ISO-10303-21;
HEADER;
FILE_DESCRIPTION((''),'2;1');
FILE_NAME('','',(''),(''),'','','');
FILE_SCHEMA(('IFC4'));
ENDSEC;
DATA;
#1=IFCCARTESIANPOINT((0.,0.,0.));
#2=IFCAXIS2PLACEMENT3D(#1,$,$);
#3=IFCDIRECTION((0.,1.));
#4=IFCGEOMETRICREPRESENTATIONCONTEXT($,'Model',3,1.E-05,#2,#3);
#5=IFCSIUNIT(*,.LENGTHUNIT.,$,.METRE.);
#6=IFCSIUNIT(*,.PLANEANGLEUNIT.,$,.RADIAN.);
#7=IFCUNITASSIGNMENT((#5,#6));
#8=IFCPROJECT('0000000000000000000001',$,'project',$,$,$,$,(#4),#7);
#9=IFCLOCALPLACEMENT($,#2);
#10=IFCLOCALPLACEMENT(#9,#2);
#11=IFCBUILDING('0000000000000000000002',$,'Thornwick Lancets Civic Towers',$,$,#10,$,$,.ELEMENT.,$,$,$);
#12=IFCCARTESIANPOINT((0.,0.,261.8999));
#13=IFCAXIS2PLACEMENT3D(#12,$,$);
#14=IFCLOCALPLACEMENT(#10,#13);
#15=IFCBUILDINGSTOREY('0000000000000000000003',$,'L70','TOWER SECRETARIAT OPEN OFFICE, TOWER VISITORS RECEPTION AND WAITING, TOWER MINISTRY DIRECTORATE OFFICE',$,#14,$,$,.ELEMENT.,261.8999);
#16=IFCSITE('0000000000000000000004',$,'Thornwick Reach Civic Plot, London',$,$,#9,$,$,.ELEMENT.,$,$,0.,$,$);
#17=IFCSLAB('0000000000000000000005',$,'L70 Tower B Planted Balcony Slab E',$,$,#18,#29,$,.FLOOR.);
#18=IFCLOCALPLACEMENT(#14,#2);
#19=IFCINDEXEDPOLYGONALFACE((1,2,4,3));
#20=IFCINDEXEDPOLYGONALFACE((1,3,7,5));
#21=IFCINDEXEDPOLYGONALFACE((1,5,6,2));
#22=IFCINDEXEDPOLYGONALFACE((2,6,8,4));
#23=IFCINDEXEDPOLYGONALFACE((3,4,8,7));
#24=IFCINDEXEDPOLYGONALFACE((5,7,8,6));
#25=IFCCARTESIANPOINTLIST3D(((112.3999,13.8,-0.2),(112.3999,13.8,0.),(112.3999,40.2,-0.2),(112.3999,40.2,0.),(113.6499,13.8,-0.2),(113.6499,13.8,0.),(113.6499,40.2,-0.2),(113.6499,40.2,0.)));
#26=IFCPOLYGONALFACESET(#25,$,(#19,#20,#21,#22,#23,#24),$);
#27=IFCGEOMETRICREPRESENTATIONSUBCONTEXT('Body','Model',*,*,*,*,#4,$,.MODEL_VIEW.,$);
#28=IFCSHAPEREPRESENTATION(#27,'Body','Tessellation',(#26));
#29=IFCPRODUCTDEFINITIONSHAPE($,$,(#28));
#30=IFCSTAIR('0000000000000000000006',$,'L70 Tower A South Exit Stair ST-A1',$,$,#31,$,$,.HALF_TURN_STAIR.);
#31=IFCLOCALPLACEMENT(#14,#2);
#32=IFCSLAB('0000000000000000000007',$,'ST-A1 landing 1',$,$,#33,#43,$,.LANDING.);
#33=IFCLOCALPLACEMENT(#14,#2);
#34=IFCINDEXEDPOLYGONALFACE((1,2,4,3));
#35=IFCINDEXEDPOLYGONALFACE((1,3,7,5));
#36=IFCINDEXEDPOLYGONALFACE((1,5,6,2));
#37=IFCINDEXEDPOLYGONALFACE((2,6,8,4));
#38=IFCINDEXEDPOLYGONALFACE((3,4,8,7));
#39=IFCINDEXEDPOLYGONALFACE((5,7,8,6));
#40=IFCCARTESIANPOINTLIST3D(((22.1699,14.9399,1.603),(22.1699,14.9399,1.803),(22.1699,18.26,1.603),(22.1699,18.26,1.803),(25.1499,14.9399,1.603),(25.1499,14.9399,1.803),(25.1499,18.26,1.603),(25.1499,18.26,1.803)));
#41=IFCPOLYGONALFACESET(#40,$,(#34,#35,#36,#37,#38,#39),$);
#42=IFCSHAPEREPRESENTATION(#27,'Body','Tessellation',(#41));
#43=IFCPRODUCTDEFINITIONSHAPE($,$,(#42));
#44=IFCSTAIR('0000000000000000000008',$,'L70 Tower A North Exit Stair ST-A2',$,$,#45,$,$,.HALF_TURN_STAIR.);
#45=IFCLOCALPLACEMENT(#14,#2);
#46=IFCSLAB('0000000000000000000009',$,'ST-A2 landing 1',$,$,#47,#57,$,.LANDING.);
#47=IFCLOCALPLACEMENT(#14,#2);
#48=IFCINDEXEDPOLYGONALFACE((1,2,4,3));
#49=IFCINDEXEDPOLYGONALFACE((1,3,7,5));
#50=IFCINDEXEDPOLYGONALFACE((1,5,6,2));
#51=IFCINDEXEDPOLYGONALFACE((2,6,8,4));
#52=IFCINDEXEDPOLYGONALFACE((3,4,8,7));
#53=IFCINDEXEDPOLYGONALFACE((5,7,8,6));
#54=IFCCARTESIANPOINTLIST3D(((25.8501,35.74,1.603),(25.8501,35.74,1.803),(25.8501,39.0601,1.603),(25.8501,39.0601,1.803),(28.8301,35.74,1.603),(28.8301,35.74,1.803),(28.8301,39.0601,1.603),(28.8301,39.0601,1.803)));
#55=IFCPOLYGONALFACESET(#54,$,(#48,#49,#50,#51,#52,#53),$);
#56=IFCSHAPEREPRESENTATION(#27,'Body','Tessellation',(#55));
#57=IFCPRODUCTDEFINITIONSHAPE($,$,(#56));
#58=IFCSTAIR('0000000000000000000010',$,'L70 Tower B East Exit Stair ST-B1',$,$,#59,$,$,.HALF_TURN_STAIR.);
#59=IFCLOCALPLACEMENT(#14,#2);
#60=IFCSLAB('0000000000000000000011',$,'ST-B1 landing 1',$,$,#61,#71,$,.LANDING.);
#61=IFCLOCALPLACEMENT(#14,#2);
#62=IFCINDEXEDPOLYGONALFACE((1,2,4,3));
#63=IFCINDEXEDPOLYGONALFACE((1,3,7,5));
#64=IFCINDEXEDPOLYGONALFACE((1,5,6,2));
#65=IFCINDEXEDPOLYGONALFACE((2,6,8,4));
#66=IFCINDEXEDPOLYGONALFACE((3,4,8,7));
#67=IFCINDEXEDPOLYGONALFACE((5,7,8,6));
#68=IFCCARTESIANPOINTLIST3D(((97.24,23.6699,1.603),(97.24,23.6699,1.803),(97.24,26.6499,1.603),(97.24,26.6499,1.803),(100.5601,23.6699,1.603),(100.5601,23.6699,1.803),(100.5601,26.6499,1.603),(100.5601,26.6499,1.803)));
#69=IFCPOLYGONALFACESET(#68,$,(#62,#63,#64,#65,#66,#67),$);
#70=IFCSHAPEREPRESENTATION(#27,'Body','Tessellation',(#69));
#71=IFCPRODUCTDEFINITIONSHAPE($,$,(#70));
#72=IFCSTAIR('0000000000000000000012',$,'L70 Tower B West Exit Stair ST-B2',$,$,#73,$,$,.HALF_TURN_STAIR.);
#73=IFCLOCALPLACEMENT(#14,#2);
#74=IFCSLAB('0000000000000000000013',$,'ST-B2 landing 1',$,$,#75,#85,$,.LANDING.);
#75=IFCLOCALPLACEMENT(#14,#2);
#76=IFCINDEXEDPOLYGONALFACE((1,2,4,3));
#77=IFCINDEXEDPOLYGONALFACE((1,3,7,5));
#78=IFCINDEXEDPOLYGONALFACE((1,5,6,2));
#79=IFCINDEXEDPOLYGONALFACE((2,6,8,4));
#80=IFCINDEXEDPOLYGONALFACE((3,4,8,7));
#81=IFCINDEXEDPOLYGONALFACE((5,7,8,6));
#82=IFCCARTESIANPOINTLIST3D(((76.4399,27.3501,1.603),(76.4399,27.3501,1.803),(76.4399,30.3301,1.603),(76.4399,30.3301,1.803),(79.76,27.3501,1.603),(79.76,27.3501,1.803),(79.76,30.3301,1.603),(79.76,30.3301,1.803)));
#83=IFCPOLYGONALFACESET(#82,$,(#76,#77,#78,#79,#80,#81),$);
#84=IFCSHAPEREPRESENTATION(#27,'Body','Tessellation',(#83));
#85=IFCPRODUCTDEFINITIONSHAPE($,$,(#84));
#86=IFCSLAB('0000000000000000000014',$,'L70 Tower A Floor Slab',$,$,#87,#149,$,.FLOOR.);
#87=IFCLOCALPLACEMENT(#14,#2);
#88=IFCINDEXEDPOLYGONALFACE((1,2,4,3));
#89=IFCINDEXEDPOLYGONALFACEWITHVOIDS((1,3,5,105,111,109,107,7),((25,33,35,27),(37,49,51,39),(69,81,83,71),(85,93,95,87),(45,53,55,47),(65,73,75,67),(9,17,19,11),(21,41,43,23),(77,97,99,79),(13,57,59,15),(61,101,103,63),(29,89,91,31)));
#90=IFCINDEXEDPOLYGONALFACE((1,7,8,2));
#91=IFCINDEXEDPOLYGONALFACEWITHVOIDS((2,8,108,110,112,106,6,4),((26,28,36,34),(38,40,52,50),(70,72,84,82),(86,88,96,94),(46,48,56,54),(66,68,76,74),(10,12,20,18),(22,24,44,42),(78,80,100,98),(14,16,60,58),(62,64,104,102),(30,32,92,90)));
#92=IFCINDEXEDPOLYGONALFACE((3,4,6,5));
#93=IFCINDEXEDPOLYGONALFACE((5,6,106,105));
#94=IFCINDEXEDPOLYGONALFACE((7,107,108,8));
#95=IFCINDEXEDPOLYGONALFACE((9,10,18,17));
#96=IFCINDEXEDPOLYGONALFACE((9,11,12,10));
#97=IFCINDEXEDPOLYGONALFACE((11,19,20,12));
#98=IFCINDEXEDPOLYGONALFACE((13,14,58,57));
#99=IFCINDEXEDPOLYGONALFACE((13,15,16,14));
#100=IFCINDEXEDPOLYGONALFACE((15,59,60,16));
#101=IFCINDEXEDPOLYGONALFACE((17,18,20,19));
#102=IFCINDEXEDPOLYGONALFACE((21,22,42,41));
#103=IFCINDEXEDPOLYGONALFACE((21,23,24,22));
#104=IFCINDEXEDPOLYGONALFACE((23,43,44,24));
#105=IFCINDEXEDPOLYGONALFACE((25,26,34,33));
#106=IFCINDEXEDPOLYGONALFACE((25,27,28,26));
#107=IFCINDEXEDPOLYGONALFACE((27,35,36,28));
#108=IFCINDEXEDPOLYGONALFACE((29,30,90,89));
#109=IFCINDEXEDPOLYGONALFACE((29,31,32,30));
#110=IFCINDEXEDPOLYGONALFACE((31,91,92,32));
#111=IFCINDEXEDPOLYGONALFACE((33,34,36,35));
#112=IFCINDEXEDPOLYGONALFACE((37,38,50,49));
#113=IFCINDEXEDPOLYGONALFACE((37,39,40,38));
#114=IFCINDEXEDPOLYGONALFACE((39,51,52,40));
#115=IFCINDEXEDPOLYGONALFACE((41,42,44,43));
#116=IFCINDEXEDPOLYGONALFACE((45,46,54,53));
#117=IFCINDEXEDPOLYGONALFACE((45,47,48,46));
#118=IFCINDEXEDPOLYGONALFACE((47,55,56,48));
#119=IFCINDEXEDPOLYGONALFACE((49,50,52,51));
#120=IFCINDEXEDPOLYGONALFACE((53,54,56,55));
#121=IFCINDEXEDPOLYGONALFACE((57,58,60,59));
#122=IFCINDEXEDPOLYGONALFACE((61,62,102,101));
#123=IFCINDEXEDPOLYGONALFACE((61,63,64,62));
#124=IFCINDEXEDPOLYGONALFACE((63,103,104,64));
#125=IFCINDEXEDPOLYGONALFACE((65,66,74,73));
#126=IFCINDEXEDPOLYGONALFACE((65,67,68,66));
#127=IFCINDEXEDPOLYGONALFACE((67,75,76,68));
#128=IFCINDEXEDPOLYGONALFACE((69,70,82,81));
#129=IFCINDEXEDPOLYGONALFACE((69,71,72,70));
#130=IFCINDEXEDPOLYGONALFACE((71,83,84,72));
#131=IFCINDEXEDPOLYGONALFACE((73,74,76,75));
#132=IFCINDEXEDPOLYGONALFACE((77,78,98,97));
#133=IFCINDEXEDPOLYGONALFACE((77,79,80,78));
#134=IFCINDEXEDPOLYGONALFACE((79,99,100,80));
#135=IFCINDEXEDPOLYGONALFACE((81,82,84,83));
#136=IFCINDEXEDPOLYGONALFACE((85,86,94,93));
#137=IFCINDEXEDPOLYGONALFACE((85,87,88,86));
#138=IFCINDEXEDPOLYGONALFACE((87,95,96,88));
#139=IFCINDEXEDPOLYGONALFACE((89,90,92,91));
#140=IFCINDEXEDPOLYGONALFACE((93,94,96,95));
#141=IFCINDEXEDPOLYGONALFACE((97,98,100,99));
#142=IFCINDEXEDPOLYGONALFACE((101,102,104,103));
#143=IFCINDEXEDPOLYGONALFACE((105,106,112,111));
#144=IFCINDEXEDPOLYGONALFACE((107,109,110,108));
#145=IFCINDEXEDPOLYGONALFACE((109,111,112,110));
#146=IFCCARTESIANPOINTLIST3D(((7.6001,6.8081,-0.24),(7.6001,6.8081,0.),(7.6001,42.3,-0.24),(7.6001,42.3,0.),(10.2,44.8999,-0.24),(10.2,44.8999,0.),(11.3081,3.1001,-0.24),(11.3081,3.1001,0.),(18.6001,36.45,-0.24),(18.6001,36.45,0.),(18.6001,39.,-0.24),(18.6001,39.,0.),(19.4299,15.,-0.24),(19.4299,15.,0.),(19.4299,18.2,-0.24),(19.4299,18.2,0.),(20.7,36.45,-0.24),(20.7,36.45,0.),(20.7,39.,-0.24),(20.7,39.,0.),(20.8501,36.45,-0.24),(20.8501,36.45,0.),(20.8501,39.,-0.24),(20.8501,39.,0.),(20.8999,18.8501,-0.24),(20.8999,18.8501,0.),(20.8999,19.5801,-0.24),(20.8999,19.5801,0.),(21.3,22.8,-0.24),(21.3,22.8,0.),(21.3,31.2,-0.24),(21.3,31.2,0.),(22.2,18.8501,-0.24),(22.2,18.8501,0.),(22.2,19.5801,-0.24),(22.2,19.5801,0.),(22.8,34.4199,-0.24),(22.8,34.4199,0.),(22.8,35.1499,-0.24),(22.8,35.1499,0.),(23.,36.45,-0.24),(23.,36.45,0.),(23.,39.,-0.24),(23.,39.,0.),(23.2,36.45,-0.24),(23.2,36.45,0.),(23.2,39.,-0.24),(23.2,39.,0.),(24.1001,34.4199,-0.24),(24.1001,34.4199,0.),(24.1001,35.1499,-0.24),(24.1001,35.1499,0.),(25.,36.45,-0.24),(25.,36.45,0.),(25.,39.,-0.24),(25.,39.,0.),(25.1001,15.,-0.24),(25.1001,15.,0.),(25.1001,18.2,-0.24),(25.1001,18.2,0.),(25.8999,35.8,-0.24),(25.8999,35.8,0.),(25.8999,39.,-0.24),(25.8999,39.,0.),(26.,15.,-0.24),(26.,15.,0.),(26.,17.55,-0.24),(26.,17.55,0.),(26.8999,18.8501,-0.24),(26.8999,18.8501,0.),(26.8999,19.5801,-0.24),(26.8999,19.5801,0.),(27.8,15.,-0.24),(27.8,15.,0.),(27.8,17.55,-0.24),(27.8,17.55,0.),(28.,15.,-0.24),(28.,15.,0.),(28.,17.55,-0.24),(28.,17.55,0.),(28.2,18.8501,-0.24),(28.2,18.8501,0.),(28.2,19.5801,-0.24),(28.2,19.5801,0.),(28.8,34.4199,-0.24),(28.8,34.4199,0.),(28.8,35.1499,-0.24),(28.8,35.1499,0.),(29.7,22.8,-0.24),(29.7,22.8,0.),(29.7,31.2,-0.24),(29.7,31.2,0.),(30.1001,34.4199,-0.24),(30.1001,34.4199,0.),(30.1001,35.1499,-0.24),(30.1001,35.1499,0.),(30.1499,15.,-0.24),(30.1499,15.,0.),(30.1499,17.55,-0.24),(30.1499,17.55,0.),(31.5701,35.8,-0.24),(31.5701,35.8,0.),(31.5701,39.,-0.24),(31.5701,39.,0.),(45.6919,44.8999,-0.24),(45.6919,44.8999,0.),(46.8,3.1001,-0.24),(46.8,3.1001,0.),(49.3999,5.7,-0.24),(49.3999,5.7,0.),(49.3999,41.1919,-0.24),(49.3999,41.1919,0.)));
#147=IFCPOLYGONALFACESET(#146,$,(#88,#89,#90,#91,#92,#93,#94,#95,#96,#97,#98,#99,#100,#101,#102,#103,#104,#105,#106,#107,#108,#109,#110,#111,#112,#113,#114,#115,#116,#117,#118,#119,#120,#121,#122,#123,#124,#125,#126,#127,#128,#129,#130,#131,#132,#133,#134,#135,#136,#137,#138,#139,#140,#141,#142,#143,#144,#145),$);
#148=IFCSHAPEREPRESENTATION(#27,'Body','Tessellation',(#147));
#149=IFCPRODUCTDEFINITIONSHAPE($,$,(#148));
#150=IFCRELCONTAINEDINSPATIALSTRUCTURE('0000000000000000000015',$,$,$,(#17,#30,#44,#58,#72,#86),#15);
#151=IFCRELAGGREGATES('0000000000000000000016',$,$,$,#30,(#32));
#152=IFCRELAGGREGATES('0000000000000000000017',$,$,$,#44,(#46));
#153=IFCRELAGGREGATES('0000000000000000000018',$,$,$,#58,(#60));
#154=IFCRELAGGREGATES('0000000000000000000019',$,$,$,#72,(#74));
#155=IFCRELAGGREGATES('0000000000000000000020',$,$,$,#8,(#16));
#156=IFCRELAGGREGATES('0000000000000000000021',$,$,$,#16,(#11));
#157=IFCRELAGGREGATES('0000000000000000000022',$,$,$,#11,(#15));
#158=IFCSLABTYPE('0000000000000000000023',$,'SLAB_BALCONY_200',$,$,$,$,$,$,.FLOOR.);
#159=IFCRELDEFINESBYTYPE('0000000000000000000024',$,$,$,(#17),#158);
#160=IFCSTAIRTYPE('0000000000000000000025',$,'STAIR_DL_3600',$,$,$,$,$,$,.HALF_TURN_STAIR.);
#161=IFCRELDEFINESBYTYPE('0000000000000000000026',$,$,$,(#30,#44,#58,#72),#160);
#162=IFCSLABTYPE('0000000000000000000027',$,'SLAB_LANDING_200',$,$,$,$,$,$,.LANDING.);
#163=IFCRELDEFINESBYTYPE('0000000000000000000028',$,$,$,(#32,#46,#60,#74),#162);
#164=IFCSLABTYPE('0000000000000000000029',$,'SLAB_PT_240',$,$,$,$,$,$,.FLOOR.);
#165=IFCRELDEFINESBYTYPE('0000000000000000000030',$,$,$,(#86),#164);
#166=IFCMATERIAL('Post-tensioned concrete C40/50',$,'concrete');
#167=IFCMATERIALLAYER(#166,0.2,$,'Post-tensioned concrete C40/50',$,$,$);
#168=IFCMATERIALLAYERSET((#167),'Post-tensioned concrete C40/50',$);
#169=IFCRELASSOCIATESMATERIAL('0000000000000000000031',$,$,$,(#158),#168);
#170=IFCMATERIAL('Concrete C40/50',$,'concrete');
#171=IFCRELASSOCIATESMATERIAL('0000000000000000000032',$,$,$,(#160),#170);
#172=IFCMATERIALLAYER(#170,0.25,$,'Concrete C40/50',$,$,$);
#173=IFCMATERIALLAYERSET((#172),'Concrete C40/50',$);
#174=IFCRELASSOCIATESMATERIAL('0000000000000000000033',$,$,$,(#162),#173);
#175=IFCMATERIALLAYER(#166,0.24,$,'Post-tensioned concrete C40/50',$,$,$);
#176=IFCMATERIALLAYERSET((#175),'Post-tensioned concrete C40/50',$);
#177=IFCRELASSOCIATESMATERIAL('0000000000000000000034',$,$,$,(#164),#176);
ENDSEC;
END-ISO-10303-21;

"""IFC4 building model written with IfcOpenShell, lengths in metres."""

from ifc_helpers import new_model, si_unit, direction, frame, origin, place, context, subcontext, project, spatial, polyline, outline, extrude, material, layer, layer_set, type_object, element, aggregate, save


model = new_model("IFC4")

# Units and contexts
model_context = context("Model", 3, precision=1e-05, world=origin(), true_north=direction((0.0, 1.0)))
body_context = subcontext(model_context, "Body", "Model", "MODEL_VIEW")
ifc_project = project(units=[si_unit("LENGTHUNIT", "METRE"), si_unit("PLANEANGLEUNIT", "RADIAN")], contexts=[model_context])

# Site, building, storey
site_placement = place(None, origin())
site = spatial("IfcSite", under=ifc_project, at=site_placement, Name="Thornwick Reach Civic Plot, London", CompositionType="ELEMENT", RefElevation=0.0)
building_placement = place(site_placement, origin())
building = spatial("IfcBuilding", under=site, at=building_placement, Name="Thornwick Lancets Civic Towers", CompositionType="ELEMENT")
storey_placement = place(building_placement, frame((0.0, 0.0, 261.8999)))
storey = spatial("IfcBuildingStorey", under=building, at=storey_placement, Name="L70", Description="TOWER SECRETARIAT OPEN OFFICE, TOWER VISITORS RECEPTION AND WAITING, TOWER MINISTRY DIRECTORATE OFFICE", CompositionType="ELEMENT", Elevation=261.8999)

# Slab
ifc_material_1 = material(Name="Post-tensioned concrete C40/50", Category="concrete")
ifc_layer_1 = layer(ifc_material_1, 0.2, Name="Post-tensioned concrete C40/50")
ifc_layer_set_1 = layer_set([ifc_layer_1], Name="Post-tensioned concrete C40/50")
slab_type_1 = type_object("IfcSlabType", Name="SLAB_BALCONY_200", PredefinedType="FLOOR", material=ifc_layer_set_1)
slab_1_placement = place(storey_placement, frame((0.0, 0.0, -0.2)))
element("IfcSlab", 1, at=slab_1_placement, inside=storey, type_object=slab_type_1, Name="L70 Tower B Planted Balcony Slab E", PredefinedType="FLOOR", context=body_context, shape_type="SweptSolid", body=[
    extrude(outline(polyline([(112.3999, 13.8), (113.6499, 13.8), (113.6499, 40.2), (112.3999, 40.2), (112.3999, 13.8)])), origin(), (0.0, 0.0, 1.0), 0.2),
])

# Stairs, slabs
ifc_material_2 = material(Name="Concrete C40/50", Category="concrete")
stair_type = type_object("IfcStairType", Name="STAIR_DL_3600", PredefinedType="HALF_TURN_STAIR", material=ifc_material_2)
stair_1_placement = place(storey_placement, origin())
stair_1 = element("IfcStair", 2, at=stair_1_placement, inside=storey, type_object=stair_type, Name="L70 Tower A South Exit Stair ST-A1", PredefinedType="HALF_TURN_STAIR")
ifc_layer_2 = layer(ifc_material_2, 0.25, Name="Concrete C40/50")
ifc_layer_set_2 = layer_set([ifc_layer_2], Name="Concrete C40/50")
slab_type_2 = type_object("IfcSlabType", Name="SLAB_LANDING_200", PredefinedType="LANDING", material=ifc_layer_set_2)
slab_2_placement = place(storey_placement, frame((0.0, 0.0, 1.603)))
slab_2 = element("IfcSlab", 3, at=slab_2_placement, type_object=slab_type_2, Name="ST-A1 landing 1", PredefinedType="LANDING", context=body_context, shape_type="SweptSolid", body=[
    extrude(outline(polyline([(22.1699, 14.9399), (25.1499, 14.9399), (25.1499, 18.26), (22.1699, 18.26), (22.1699, 14.9399)])), origin(), (0.0, 0.0, 1.0), 0.2),
])
aggregate(stair_1, [slab_2])
stair_2_placement = place(storey_placement, origin())
stair_2 = element("IfcStair", 4, at=stair_2_placement, inside=storey, type_object=stair_type, Name="L70 Tower A North Exit Stair ST-A2", PredefinedType="HALF_TURN_STAIR")
slab_3_placement = place(storey_placement, frame((0.0, 0.0, 1.603)))
slab_3 = element("IfcSlab", 5, at=slab_3_placement, type_object=slab_type_2, Name="ST-A2 landing 1", PredefinedType="LANDING", context=body_context, shape_type="SweptSolid", body=[
    extrude(outline(polyline([(28.8301, 39.0601), (25.8501, 39.0601), (25.8501, 35.74), (28.8301, 35.74), (28.8301, 39.0601)])), origin(), (0.0, 0.0, 1.0), 0.2),
])
aggregate(stair_2, [slab_3])
stair_3_placement = place(storey_placement, origin())
stair_3 = element("IfcStair", 6, at=stair_3_placement, inside=storey, type_object=stair_type, Name="L70 Tower B East Exit Stair ST-B1", PredefinedType="HALF_TURN_STAIR")
slab_4_placement = place(storey_placement, frame((0.0, 0.0, 1.603)))
slab_4 = element("IfcSlab", 7, at=slab_4_placement, type_object=slab_type_2, Name="ST-B1 landing 1", PredefinedType="LANDING", context=body_context, shape_type="SweptSolid", body=[
    extrude(outline(polyline([(100.5601, 23.6699), (100.5601, 26.6499), (97.24, 26.6499), (97.24, 23.6699), (100.5601, 23.6699)])), origin(), (0.0, 0.0, 1.0), 0.2),
])
aggregate(stair_3, [slab_4])
stair_4_placement = place(storey_placement, origin())
stair_4 = element("IfcStair", 8, at=stair_4_placement, inside=storey, type_object=stair_type, Name="L70 Tower B West Exit Stair ST-B2", PredefinedType="HALF_TURN_STAIR")
slab_5_placement = place(storey_placement, frame((0.0, 0.0, 1.603)))
slab_5 = element("IfcSlab", 9, at=slab_5_placement, type_object=slab_type_2, Name="ST-B2 landing 1", PredefinedType="LANDING", context=body_context, shape_type="SweptSolid", body=[
    extrude(outline(polyline([(76.4399, 30.3301), (76.4399, 27.3501), (79.76, 27.3501), (79.76, 30.3301), (76.4399, 30.3301)])), origin(), (0.0, 0.0, 1.0), 0.2),
])
aggregate(stair_4, [slab_5])

# Slab
ifc_layer_3 = layer(ifc_material_1, 0.24, Name="Post-tensioned concrete C40/50")
ifc_layer_set_3 = layer_set([ifc_layer_3], Name="Post-tensioned concrete C40/50")
slab_type_3 = type_object("IfcSlabType", Name="SLAB_PT_240", PredefinedType="FLOOR", material=ifc_layer_set_3)
slab_6_placement = place(storey_placement, frame((0.0, 0.0, -0.24)))
element("IfcSlab", 10, at=slab_6_placement, inside=storey, type_object=slab_type_3, Name="L70 Tower A Floor Slab", PredefinedType="FLOOR", context=body_context, shape_type="SweptSolid", body=[
    extrude(outline(polyline([(11.3081, 3.1001), (46.8, 3.1001), (49.3999, 5.7), (49.3999, 41.1919), (45.6919, 44.8999), (10.2, 44.8999), (7.6001, 42.3), (7.6001, 6.8081), (11.3081, 3.1001)]), holes=[polyline([(21.3, 22.8), (29.7, 22.8), (29.7, 31.2), (21.3, 31.2), (21.3, 22.8)]), polyline([(19.4299, 15.0), (25.1001, 15.0), (25.1001, 18.2), (19.4299, 18.2), (19.4299, 15.0)]), polyline([(31.5701, 39.0), (25.8999, 39.0), (25.8999, 35.8), (31.5701, 35.8), (31.5701, 39.0)]), polyline([(26.0, 15.0), (27.8, 15.0), (27.8, 17.55), (26.0, 17.55), (26.0, 15.0)]), polyline([(28.0, 15.0), (30.1499, 15.0), (30.1499, 17.55), (28.0, 17.55), (28.0, 15.0)]), polyline([(23.2, 36.45), (25.0, 36.45), (25.0, 39.0), (23.2, 39.0), (23.2, 36.45)]), polyline([(20.8501, 36.45), (23.0, 36.45), (23.0, 39.0), (20.8501, 39.0), (20.8501, 36.45)]), polyline([(18.6001, 36.45), (20.7, 36.45), (20.7, 39.0), (18.6001, 39.0), (18.6001, 36.45)]), polyline([(26.8999, 18.8501), (28.2, 18.8501), (28.2, 19.5801), (26.8999, 19.5801), (26.8999, 18.8501)]), polyline([(20.8999, 18.8501), (22.2, 18.8501), (22.2, 19.5801), (20.8999, 19.5801), (20.8999, 18.8501)]), polyline([(22.8, 34.4199), (24.1001, 34.4199), (24.1001, 35.1499), (22.8, 35.1499), (22.8, 34.4199)]), polyline([(28.8, 34.4199), (30.1001, 34.4199), (30.1001, 35.1499), (28.8, 35.1499), (28.8, 34.4199)])]), origin(), (0.0, 0.0, 1.0), 0.24),
])

save(model, "model.ifc")
